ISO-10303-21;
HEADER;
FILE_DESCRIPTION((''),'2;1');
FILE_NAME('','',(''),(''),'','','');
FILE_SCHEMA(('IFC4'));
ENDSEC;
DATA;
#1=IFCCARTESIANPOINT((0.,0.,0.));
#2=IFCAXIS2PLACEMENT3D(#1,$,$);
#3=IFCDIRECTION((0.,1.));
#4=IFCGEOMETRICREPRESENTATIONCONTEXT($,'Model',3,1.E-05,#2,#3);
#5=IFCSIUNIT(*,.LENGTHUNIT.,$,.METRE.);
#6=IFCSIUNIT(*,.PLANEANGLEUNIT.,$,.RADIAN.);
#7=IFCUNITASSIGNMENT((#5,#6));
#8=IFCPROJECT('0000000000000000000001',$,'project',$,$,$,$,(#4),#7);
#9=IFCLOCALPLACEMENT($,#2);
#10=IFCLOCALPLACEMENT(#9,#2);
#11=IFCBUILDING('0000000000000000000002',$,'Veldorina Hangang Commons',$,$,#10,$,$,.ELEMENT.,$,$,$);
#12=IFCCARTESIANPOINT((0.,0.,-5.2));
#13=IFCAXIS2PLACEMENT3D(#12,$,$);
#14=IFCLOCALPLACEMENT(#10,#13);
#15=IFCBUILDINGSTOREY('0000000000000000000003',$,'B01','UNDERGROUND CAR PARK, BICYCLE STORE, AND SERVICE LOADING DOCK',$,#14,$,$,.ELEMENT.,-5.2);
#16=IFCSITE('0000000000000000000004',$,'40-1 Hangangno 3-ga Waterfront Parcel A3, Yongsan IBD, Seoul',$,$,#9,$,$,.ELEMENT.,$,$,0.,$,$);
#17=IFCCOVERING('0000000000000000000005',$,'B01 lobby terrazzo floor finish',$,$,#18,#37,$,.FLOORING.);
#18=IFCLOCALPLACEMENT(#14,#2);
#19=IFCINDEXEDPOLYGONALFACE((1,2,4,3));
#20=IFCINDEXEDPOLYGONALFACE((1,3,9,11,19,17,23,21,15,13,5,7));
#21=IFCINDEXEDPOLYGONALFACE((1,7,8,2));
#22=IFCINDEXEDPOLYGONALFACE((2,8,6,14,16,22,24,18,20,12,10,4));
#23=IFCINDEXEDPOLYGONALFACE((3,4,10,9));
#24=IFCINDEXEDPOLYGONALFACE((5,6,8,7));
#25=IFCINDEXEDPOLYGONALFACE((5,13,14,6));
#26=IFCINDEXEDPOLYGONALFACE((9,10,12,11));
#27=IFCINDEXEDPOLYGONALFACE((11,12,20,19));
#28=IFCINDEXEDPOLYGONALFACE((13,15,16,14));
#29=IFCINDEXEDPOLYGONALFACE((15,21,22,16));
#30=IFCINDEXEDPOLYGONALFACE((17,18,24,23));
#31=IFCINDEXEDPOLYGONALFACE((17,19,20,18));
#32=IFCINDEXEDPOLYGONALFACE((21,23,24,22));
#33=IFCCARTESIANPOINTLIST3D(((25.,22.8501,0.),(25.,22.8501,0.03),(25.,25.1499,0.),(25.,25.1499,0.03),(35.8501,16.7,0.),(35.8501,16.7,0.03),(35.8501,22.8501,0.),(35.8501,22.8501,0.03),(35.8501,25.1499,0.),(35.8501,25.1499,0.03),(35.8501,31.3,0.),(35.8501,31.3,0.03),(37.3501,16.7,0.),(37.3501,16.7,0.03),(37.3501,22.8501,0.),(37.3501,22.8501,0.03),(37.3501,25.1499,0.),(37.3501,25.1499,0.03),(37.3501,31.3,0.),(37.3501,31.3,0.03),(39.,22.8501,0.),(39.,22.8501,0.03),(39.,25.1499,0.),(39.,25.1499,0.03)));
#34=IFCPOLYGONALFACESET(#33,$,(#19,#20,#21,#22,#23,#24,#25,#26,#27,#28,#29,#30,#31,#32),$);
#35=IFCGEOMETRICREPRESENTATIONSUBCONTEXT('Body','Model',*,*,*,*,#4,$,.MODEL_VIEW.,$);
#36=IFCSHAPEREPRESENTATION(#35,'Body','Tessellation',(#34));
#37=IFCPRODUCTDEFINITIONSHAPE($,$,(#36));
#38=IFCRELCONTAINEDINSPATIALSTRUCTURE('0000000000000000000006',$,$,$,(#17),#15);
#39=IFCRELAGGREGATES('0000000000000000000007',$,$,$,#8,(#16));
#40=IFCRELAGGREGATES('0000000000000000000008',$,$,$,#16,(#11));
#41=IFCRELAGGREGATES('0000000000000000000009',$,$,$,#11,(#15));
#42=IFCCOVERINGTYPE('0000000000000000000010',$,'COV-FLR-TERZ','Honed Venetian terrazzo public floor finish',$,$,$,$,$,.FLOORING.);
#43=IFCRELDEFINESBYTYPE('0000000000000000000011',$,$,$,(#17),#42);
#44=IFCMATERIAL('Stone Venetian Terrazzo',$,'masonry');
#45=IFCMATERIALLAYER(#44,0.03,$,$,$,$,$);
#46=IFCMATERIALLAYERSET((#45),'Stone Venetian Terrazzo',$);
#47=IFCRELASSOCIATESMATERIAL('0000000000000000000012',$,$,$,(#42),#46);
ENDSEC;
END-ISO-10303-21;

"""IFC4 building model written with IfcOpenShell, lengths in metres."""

from ifc_helpers import new_model, si_unit, direction, frame, origin, place, context, subcontext, project, spatial, polyline, outline, extrude, material, layer, layer_set, type_object, element, save


model = new_model("IFC4")

# Units and contexts
model_context = context("Model", 3, precision=1e-05, world=origin(), true_north=direction((0.0, 1.0)))
body_context = subcontext(model_context, "Body", "Model", "MODEL_VIEW")
ifc_project = project(units=[si_unit("LENGTHUNIT", "METRE"), si_unit("PLANEANGLEUNIT", "RADIAN")], contexts=[model_context])

# Site, building, storey
site_placement = place(None, origin())
site = spatial("IfcSite", under=ifc_project, at=site_placement, Name="40-1 Hangangno 3-ga Waterfront Parcel A3, Yongsan IBD, Seoul", CompositionType="ELEMENT", RefElevation=0.0)
building_placement = place(site_placement, origin())
building = spatial("IfcBuilding", under=site, at=building_placement, Name="Veldorina Hangang Commons", CompositionType="ELEMENT")
storey_placement = place(building_placement, frame((0.0, 0.0, -5.2)))
storey = spatial("IfcBuildingStorey", under=building, at=storey_placement, Name="B01", Description="UNDERGROUND CAR PARK, BICYCLE STORE, AND SERVICE LOADING DOCK", CompositionType="ELEMENT", Elevation=-5.2)

# Covering
ifc_material_1 = material(Name="Stone Venetian Terrazzo", Category="masonry")
ifc_layer_1 = layer(ifc_material_1, 0.03)
ifc_layer_set_1 = layer_set([ifc_layer_1], Name="Stone Venetian Terrazzo")
covering_type_1 = type_object("IfcCoveringType", Name="COV-FLR-TERZ", Description="Honed Venetian terrazzo public floor finish", PredefinedType="FLOORING", material=ifc_layer_set_1)
covering_1_placement = place(storey_placement, origin())
element("IfcCovering", 1, at=covering_1_placement, inside=storey, type_object=covering_type_1, Name="B01 lobby terrazzo floor finish", PredefinedType="FLOORING", context=body_context, shape_type="SweptSolid", body=[
    extrude(outline(polyline([(25.0, 22.8501), (35.8501, 22.8501), (35.8501, 16.7), (37.3501, 16.7), (37.3501, 22.8501), (39.0, 22.8501), (39.0, 25.1499), (37.3501, 25.1499), (37.3501, 31.3), (35.8501, 31.3), (35.8501, 25.1499), (25.0, 25.1499), (25.0, 22.8501)])), origin(), (0.0, 0.0, 1.0), 0.03),
])

save(model, "model.ifc")
